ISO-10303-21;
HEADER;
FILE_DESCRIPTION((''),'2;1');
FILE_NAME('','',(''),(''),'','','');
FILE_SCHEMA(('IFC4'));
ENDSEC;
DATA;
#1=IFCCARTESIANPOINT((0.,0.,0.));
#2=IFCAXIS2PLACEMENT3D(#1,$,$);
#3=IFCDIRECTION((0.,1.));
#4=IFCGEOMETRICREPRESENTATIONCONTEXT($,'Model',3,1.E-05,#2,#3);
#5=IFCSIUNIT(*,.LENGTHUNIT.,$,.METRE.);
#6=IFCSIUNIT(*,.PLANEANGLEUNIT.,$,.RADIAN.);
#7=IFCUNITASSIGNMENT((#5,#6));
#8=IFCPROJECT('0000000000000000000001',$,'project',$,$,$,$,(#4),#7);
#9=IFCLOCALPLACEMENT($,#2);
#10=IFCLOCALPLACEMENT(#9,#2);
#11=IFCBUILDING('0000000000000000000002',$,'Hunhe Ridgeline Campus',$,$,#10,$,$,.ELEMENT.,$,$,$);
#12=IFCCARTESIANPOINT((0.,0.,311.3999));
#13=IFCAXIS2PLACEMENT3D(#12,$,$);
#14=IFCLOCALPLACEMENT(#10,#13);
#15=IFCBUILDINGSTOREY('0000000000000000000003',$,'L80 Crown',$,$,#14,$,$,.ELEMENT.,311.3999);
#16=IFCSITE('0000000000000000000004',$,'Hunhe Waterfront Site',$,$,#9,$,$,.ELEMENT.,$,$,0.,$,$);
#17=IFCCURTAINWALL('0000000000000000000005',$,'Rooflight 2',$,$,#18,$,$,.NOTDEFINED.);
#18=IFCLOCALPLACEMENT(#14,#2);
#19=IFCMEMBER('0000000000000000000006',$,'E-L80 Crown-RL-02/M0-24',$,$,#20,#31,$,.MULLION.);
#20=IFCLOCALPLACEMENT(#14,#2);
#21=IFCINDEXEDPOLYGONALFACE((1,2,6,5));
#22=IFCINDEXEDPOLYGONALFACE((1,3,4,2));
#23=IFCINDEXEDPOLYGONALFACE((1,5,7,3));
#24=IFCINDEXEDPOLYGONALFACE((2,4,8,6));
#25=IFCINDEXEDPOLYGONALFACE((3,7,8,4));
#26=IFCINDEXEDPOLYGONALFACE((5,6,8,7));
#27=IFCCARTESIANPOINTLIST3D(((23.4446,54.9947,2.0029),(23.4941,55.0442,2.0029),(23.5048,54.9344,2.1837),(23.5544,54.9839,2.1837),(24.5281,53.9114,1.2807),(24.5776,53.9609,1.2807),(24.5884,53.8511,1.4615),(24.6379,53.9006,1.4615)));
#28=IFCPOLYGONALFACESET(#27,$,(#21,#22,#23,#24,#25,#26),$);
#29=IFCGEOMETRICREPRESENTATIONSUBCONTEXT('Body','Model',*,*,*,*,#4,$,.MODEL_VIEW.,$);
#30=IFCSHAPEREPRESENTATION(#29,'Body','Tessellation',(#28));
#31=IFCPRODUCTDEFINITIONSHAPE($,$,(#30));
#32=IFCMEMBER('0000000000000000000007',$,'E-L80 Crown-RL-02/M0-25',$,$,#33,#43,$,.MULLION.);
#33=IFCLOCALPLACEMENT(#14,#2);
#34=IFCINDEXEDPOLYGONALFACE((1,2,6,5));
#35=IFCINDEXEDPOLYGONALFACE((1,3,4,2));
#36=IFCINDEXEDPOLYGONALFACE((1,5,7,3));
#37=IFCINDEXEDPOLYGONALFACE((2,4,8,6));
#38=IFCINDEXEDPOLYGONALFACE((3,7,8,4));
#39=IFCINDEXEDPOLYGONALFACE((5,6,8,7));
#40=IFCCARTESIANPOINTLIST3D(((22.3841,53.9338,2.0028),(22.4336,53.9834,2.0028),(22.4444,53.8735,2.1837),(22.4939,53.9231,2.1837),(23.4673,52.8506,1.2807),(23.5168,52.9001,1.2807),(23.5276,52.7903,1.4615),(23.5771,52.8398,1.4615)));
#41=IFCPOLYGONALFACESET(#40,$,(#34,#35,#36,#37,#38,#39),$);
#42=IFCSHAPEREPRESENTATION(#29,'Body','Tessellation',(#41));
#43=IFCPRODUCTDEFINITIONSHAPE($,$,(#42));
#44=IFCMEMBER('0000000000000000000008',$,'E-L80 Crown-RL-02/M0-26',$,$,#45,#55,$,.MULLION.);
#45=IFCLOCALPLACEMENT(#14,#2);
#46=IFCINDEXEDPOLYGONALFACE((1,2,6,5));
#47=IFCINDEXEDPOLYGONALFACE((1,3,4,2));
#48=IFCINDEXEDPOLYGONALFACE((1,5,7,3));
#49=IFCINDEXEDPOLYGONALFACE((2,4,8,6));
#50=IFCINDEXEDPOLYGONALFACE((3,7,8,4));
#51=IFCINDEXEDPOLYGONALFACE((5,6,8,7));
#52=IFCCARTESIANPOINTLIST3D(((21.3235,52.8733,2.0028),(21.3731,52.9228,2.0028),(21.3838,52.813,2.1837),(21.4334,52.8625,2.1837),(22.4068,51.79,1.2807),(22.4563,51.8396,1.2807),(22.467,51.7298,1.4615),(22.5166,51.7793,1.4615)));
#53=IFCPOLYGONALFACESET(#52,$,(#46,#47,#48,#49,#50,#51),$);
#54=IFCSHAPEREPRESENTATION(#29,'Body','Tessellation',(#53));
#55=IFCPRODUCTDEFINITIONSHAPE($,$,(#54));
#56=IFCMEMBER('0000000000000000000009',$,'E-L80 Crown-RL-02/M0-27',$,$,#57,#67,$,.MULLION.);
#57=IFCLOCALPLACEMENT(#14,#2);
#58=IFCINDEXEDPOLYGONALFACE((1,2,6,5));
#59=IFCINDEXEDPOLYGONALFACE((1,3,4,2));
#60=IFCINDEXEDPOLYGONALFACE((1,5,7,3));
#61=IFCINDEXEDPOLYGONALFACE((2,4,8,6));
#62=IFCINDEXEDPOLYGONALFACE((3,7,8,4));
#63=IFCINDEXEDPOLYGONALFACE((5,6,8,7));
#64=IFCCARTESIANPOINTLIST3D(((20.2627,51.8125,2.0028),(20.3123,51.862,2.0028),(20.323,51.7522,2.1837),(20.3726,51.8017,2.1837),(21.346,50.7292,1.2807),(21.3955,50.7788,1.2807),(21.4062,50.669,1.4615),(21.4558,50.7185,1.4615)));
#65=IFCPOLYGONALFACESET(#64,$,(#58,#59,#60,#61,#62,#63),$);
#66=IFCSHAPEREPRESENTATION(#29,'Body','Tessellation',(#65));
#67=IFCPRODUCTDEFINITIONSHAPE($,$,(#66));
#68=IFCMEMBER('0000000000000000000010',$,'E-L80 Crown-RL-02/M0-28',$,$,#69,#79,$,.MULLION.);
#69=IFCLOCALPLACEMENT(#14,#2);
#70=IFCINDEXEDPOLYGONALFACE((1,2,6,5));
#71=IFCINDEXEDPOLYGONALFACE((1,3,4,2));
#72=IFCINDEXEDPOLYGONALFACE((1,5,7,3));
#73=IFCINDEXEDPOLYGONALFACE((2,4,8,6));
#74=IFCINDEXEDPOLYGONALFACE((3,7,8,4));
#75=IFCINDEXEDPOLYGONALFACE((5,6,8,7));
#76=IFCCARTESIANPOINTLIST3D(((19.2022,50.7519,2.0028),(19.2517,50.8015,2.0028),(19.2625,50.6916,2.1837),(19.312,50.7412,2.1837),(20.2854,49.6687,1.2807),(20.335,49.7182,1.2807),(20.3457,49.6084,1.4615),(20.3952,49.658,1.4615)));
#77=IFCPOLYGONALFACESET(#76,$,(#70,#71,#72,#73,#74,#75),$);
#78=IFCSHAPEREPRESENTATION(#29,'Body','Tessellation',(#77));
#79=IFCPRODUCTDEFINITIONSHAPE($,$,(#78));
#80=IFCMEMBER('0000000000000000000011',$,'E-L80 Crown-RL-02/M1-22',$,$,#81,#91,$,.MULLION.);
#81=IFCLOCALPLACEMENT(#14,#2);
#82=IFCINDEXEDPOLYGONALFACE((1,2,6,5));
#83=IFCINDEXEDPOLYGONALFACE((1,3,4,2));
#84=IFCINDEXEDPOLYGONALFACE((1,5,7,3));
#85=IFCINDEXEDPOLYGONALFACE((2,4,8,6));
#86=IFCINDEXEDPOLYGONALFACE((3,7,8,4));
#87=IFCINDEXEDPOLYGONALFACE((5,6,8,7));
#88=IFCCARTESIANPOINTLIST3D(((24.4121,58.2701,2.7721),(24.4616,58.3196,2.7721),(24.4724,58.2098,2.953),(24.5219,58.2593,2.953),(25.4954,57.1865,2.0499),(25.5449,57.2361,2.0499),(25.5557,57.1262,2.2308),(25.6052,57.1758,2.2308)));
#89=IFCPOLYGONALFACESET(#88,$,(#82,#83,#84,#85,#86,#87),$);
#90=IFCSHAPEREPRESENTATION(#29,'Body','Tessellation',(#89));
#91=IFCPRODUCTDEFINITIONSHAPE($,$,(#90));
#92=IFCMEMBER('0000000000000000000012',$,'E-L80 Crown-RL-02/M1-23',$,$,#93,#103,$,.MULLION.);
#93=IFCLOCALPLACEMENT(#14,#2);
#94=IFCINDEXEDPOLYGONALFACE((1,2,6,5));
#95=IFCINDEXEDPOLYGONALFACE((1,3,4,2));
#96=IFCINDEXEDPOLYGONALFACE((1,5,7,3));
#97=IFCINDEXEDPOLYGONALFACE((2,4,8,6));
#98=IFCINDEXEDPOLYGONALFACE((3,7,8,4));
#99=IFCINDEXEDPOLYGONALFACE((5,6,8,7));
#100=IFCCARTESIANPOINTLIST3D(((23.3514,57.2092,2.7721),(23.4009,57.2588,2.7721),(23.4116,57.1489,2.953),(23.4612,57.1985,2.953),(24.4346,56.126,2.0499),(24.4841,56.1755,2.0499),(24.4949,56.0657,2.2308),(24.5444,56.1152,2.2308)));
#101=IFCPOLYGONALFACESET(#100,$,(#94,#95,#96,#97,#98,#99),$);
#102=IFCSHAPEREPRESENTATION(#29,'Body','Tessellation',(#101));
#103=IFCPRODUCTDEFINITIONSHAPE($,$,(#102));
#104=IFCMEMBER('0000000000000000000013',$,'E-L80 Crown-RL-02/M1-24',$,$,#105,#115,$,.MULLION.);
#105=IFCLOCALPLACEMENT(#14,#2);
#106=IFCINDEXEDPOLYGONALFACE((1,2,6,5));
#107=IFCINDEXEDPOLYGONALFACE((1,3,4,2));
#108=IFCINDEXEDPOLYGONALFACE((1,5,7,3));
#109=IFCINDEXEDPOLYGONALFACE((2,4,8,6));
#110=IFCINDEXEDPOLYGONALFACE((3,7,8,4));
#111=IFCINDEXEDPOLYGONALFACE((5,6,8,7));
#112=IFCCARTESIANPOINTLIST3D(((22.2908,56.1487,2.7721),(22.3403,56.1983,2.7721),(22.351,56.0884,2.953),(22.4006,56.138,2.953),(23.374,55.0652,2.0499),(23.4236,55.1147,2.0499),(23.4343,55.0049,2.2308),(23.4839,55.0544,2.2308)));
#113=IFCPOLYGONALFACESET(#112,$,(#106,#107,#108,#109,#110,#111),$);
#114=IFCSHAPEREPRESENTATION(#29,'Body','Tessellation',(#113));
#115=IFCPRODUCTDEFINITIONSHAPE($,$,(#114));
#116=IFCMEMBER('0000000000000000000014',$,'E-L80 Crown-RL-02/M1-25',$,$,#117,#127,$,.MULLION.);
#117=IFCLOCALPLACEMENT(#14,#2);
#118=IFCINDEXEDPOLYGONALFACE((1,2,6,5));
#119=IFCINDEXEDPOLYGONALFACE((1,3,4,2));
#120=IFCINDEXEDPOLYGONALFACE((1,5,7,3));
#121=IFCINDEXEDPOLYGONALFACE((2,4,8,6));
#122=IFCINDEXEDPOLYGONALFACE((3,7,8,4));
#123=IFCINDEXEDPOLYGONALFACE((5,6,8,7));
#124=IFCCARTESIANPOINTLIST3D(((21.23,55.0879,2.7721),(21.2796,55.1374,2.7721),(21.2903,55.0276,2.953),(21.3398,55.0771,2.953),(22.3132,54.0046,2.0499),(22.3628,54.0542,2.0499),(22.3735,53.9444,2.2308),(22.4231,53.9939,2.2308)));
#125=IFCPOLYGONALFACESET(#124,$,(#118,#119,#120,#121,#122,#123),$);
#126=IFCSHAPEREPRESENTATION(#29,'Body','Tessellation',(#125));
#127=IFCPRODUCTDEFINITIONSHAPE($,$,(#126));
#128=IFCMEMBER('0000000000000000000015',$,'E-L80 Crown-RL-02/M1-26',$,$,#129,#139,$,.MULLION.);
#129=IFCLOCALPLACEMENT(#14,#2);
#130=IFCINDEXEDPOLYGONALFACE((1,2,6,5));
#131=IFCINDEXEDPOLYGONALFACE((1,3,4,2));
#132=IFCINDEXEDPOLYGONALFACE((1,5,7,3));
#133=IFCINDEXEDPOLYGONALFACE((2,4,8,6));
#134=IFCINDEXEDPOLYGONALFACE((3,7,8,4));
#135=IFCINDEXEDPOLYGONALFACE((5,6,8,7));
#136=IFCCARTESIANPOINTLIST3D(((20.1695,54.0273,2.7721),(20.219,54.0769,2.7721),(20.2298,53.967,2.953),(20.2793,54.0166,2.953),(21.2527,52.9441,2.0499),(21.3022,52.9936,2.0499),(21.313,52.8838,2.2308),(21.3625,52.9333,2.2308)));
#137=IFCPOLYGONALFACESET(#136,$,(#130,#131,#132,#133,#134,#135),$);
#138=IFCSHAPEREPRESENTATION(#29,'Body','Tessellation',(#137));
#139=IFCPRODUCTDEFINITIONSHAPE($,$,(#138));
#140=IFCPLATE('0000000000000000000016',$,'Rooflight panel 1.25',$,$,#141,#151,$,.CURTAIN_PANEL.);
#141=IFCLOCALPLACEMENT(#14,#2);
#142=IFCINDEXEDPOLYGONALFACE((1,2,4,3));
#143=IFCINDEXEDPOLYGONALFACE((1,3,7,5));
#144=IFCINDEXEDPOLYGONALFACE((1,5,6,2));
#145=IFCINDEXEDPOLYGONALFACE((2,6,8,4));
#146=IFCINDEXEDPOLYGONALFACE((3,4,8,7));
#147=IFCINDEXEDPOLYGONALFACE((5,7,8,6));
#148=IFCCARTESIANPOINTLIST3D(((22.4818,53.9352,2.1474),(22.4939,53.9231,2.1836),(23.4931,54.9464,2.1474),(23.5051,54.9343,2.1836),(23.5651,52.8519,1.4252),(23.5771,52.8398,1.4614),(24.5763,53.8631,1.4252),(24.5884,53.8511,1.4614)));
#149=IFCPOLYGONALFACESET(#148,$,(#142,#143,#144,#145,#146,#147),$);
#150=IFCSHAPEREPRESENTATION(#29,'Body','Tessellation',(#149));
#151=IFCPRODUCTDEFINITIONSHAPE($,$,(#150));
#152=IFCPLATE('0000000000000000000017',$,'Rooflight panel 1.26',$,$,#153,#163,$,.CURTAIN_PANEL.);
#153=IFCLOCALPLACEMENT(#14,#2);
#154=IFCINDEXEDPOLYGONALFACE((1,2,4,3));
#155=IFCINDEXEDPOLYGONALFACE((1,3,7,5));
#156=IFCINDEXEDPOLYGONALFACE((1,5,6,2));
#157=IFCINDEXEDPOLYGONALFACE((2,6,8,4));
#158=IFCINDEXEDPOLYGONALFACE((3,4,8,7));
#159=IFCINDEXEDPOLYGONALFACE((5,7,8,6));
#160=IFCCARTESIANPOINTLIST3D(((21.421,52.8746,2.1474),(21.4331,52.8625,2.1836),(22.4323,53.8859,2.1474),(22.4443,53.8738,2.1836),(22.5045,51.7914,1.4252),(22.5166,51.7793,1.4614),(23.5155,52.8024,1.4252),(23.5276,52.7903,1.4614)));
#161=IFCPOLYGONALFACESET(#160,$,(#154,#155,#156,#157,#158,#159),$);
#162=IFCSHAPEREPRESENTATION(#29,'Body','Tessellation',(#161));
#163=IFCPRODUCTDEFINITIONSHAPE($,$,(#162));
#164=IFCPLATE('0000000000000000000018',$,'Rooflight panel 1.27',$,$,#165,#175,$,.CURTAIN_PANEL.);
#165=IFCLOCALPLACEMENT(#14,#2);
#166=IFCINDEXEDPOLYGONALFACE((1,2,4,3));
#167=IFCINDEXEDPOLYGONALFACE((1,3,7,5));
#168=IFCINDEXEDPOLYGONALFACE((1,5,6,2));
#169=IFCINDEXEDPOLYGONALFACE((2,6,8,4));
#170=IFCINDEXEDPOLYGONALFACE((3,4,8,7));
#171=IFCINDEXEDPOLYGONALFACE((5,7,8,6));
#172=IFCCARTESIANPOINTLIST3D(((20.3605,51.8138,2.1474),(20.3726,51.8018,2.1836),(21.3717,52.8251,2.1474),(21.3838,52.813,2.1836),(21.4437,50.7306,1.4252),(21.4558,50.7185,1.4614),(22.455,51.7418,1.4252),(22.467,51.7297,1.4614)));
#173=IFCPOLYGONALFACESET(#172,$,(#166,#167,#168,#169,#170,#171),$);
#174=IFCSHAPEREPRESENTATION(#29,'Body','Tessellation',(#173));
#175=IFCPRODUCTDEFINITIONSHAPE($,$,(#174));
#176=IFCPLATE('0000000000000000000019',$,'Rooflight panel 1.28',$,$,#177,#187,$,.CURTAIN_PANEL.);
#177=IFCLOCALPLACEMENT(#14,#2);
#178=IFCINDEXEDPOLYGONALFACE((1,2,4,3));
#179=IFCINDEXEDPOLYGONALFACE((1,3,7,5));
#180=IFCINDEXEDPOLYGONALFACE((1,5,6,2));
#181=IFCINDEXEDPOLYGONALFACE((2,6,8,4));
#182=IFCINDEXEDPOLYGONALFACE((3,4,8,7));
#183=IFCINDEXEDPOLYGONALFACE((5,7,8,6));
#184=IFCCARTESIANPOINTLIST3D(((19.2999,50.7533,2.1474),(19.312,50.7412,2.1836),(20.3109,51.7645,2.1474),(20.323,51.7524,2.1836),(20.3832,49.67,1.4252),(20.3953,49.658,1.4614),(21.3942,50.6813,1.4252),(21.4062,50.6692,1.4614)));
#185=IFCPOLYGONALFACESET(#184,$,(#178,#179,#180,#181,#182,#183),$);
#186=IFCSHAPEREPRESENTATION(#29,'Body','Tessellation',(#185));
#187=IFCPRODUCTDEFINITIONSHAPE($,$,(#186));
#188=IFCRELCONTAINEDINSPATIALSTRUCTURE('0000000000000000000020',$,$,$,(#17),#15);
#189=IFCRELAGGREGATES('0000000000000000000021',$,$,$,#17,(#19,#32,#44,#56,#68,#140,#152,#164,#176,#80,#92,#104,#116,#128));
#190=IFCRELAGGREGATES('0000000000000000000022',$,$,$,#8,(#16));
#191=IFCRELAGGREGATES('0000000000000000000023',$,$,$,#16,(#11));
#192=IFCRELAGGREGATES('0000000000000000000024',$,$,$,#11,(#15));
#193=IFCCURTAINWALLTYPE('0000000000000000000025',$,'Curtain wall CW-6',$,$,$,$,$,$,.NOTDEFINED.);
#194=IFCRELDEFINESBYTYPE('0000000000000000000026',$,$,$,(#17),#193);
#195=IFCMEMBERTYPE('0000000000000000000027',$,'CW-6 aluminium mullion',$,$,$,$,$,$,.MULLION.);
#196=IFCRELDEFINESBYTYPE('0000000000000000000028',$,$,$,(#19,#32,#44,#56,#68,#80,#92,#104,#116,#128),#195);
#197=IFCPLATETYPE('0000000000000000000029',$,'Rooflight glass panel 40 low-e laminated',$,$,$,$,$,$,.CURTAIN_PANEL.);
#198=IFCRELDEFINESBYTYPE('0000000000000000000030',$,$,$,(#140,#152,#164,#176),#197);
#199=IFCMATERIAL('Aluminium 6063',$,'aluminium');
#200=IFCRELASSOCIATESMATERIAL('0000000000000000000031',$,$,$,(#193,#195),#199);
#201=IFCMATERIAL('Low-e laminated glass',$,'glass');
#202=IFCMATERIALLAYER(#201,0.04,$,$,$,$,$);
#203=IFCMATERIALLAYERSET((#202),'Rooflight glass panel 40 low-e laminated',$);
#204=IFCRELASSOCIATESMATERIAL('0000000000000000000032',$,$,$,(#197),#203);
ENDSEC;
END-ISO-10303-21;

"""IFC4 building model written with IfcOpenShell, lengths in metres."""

from ifc_helpers import new_model, si_unit, direction, frame, origin, origin_2d, place, context, subcontext, project, spatial, polyline, rectangle, outline, extrude, material, layer, layer_set, material_profile, profile_set, type_object, element, aggregate, save


model = new_model("IFC4")

# Units and contexts
model_context = context("Model", 3, precision=1e-05, world=origin(), true_north=direction((0.0, 1.0)))
body_context = subcontext(model_context, "Body", "Model", "MODEL_VIEW")
ifc_project = project(units=[si_unit("LENGTHUNIT", "METRE"), si_unit("PLANEANGLEUNIT", "RADIAN")], contexts=[model_context])

# Site, building, storey
site_placement = place(None, origin())
site = spatial("IfcSite", under=ifc_project, at=site_placement, Name="Hunhe Waterfront Site", CompositionType="ELEMENT", RefElevation=0.0)
building_placement = place(site_placement, origin())
building = spatial("IfcBuilding", under=site, at=building_placement, Name="Hunhe Ridgeline Campus", CompositionType="ELEMENT")
storey_placement = place(building_placement, frame((0.0, 0.0, 311.3999)))
storey = spatial("IfcBuildingStorey", under=building, at=storey_placement, Name="L80 Crown", CompositionType="ELEMENT", Elevation=311.3999)

# Curtain wall, members, plates
ifc_material_1 = material(Name="Aluminium 6063", Category="aluminium")
curtain_wall_type = type_object("IfcCurtainWallType", Name="Curtain wall CW-6", PredefinedType="NOTDEFINED", material=ifc_material_1)
curtain_wall_placement = place(storey_placement, origin())
curtain_wall = element("IfcCurtainWall", 1, at=curtain_wall_placement, inside=storey, type_object=curtain_wall_type, Name="Rooflight 2", PredefinedType="NOTDEFINED")
ifc_material_profile = material_profile(ifc_material_1, rectangle(XDim=0.0701, YDim=0.2, at=origin_2d()))
ifc_profile_set = profile_set([ifc_material_profile], Name="Aluminium 6063")
member_type = type_object("IfcMemberType", Name="CW-6 aluminium mullion", PredefinedType="MULLION", material=ifc_profile_set)
member_1_placement = place(storey_placement, frame((24.583, 53.906, 1.3711), z_axis=(-0.639687, 0.639543, 0.426362), x_axis=(-0.707027, -0.707186, 0.0)))
member_1 = element("IfcMember", 2, at=member_1_placement, type_object=member_type, Name="E-L80 Crown-RL-02/M0-24", PredefinedType="MULLION", context=body_context, shape_type="SweptSolid", body=[
    extrude(rectangle(XDim=0.0701, YDim=0.2, at=origin_2d()), origin(), (0.0, 0.0, 1.0), 1.6938),
])
member_2_placement = place(storey_placement, frame((23.5222, 52.8452, 1.3711), z_axis=(-0.639602, 0.639602, 0.426401), x_axis=(-0.707107, -0.707107, 0.0)))
member_2 = element("IfcMember", 3, at=member_2_placement, type_object=member_type, Name="E-L80 Crown-RL-02/M0-25", PredefinedType="MULLION", context=body_context, shape_type="SweptSolid", body=[
    extrude(rectangle(XDim=0.0701, YDim=0.2, at=origin_2d()), origin(), (0.0, 0.0, 1.0), 1.6936),
])
member_3_placement = place(storey_placement, frame((22.4617, 51.7847, 1.3711), z_axis=(-0.639602, 0.639602, 0.426401), x_axis=(-0.707107, -0.707107, 0.0)))
member_3 = element("IfcMember", 4, at=member_3_placement, type_object=member_type, Name="E-L80 Crown-RL-02/M0-26", PredefinedType="MULLION", context=body_context, shape_type="SweptSolid", body=[
    extrude(rectangle(XDim=0.0701, YDim=0.2, at=origin_2d()), origin(), (0.0, 0.0, 1.0), 1.6936),
])
member_4_placement = place(storey_placement, frame((21.4009, 50.7239, 1.3711), z_axis=(-0.639602, 0.639602, 0.426401), x_axis=(-0.707107, -0.707107, 0.0)))
member_4 = element("IfcMember", 5, at=member_4_placement, type_object=member_type, Name="E-L80 Crown-RL-02/M0-27", PredefinedType="MULLION", context=body_context, shape_type="SweptSolid", body=[
    extrude(rectangle(XDim=0.0701, YDim=0.2, at=origin_2d()), origin(), (0.0, 0.0, 1.0), 1.6936),
])
member_5_placement = place(storey_placement, frame((20.3403, 49.6633, 1.3711), z_axis=(-0.639602, 0.639602, 0.426401), x_axis=(-0.707107, -0.707107, 0.0)))
member_5 = element("IfcMember", 6, at=member_5_placement, type_object=member_type, Name="E-L80 Crown-RL-02/M0-28", PredefinedType="MULLION", context=body_context, shape_type="SweptSolid", body=[
    extrude(rectangle(XDim=0.0701, YDim=0.2, at=origin_2d()), origin(), (0.0, 0.0, 1.0), 1.6936),
])
member_6_placement = place(storey_placement, frame((25.5503, 57.1812, 2.1404), z_axis=(-0.639543, 0.639687, 0.426362), x_axis=(-0.707186, -0.707027, 0.0)))
member_6 = element("IfcMember", 7, at=member_6_placement, type_object=member_type, Name="E-L80 Crown-RL-02/M1-22", PredefinedType="MULLION", context=body_context, shape_type="SweptSolid", body=[
    extrude(rectangle(XDim=0.0701, YDim=0.2, at=origin_2d()), origin(), (0.0, 0.0, 1.0), 1.6938),
])
member_7_placement = place(storey_placement, frame((24.4895, 56.1206, 2.1404), z_axis=(-0.639602, 0.639602, 0.426401), x_axis=(-0.707107, -0.707107, 0.0)))
member_7 = element("IfcMember", 8, at=member_7_placement, type_object=member_type, Name="E-L80 Crown-RL-02/M1-23", PredefinedType="MULLION", context=body_context, shape_type="SweptSolid", body=[
    extrude(rectangle(XDim=0.0701, YDim=0.2, at=origin_2d()), origin(), (0.0, 0.0, 1.0), 1.6936),
])
member_8_placement = place(storey_placement, frame((23.429, 55.0598, 2.1404), z_axis=(-0.639543, 0.639687, 0.426362), x_axis=(-0.707186, -0.707027, 0.0)))
member_8 = element("IfcMember", 9, at=member_8_placement, type_object=member_type, Name="E-L80 Crown-RL-02/M1-24", PredefinedType="MULLION", context=body_context, shape_type="SweptSolid", body=[
    extrude(rectangle(XDim=0.0701, YDim=0.2, at=origin_2d()), origin(), (0.0, 0.0, 1.0), 1.6938),
])
member_9_placement = place(storey_placement, frame((22.3682, 53.9993, 2.1404), z_axis=(-0.639602, 0.639602, 0.426401), x_axis=(-0.707107, -0.707107, 0.0)))
member_9 = element("IfcMember", 10, at=member_9_placement, type_object=member_type, Name="E-L80 Crown-RL-02/M1-25", PredefinedType="MULLION", context=body_context, shape_type="SweptSolid", body=[
    extrude(rectangle(XDim=0.0701, YDim=0.2, at=origin_2d()), origin(), (0.0, 0.0, 1.0), 1.6936),
])
member_10_placement = place(storey_placement, frame((21.3076, 52.9387, 2.1404), z_axis=(-0.639602, 0.639602, 0.426401), x_axis=(-0.707107, -0.707107, 0.0)))
member_10 = element("IfcMember", 11, at=member_10_placement, type_object=member_type, Name="E-L80 Crown-RL-02/M1-26", PredefinedType="MULLION", context=body_context, shape_type="SweptSolid", body=[
    extrude(rectangle(XDim=0.0701, YDim=0.2, at=origin_2d()), origin(), (0.0, 0.0, 1.0), 1.6936),
])
ifc_material_2 = material(Name="Low-e laminated glass", Category="glass")
ifc_layer = layer(ifc_material_2, 0.04)
ifc_layer_set = layer_set([ifc_layer], Name="Rooflight glass panel 40 low-e laminated")
plate_type = type_object("IfcPlateType", Name="Rooflight glass panel 40 low-e laminated", PredefinedType="CURTAIN_PANEL", material=ifc_layer_set)
plate_1_placement = place(storey_placement, frame((24.5884, 53.8511, 1.4614), z_axis=(0.301511, -0.301511, 0.904534), x_axis=(-0.639602, 0.639602, 0.426401)))
plate_1 = element("IfcPlate", 12, at=plate_1_placement, type_object=plate_type, Name="Rooflight panel 1.25", PredefinedType="CURTAIN_PANEL", context=body_context, shape_type="SweptSolid", body=[
    extrude(outline(polyline([(0.0, 0.0), (1.6936, 0.0), (1.6936, 1.4301), (0.0, 1.4301), (0.0, 0.0)])), origin(), (0.0, 0.0, -1.0), 0.04),
])
plate_2_placement = place(storey_placement, frame((23.5276, 52.7903, 1.4614), z_axis=(0.301484, -0.301484, 0.904553), x_axis=(-0.639543, 0.639687, 0.426362)))
plate_2 = element("IfcPlate", 13, at=plate_2_placement, type_object=plate_type, Name="Rooflight panel 1.26", PredefinedType="CURTAIN_PANEL", context=body_context, shape_type="SweptSolid", body=[
    extrude(outline(polyline([(0.0, 0.0), (1.6938, 0.0), (1.6936, 1.4301), (-0.0001, 1.4298), (0.0, 0.0)])), origin(), (0.0, 0.0, -1.0), 0.04),
])
plate_3_placement = place(storey_placement, frame((22.467, 51.7297, 1.4614), z_axis=(0.301511, -0.301511, 0.904534), x_axis=(-0.639602, 0.639602, 0.426401)))
plate_3 = element("IfcPlate", 14, at=plate_3_placement, type_object=plate_type, Name="Rooflight panel 1.27", PredefinedType="CURTAIN_PANEL", context=body_context, shape_type="SweptSolid", body=[
    extrude(outline(polyline([(0.0, 0.0), (1.6936, 0.0), (1.6936, 1.4301), (0.0, 1.4301), (0.0, 0.0)])), origin(), (0.0, 0.0, -1.0), 0.04),
])
plate_4_placement = place(storey_placement, frame((21.4062, 50.6692, 1.4614), z_axis=(0.301548, -0.301475, 0.904534), x_axis=(-0.639602, 0.639602, 0.426401)))
plate_4 = element("IfcPlate", 15, at=plate_4_placement, type_object=plate_type, Name="Rooflight panel 1.28", PredefinedType="CURTAIN_PANEL", context=body_context, shape_type="SweptSolid", body=[
    extrude(outline(polyline([(0.0, 0.0), (1.6936, 0.0), (1.6935, 1.4299), (-0.0002, 1.4299), (0.0, 0.0)])), origin(), (0.0, 0.0, -1.0), 0.04),
])
aggregate(curtain_wall, [member_1, member_2, member_3, member_4, member_5, plate_1, plate_2, plate_3, plate_4, member_6, member_7, member_8, member_9, member_10])

save(model, "model.ifc")
